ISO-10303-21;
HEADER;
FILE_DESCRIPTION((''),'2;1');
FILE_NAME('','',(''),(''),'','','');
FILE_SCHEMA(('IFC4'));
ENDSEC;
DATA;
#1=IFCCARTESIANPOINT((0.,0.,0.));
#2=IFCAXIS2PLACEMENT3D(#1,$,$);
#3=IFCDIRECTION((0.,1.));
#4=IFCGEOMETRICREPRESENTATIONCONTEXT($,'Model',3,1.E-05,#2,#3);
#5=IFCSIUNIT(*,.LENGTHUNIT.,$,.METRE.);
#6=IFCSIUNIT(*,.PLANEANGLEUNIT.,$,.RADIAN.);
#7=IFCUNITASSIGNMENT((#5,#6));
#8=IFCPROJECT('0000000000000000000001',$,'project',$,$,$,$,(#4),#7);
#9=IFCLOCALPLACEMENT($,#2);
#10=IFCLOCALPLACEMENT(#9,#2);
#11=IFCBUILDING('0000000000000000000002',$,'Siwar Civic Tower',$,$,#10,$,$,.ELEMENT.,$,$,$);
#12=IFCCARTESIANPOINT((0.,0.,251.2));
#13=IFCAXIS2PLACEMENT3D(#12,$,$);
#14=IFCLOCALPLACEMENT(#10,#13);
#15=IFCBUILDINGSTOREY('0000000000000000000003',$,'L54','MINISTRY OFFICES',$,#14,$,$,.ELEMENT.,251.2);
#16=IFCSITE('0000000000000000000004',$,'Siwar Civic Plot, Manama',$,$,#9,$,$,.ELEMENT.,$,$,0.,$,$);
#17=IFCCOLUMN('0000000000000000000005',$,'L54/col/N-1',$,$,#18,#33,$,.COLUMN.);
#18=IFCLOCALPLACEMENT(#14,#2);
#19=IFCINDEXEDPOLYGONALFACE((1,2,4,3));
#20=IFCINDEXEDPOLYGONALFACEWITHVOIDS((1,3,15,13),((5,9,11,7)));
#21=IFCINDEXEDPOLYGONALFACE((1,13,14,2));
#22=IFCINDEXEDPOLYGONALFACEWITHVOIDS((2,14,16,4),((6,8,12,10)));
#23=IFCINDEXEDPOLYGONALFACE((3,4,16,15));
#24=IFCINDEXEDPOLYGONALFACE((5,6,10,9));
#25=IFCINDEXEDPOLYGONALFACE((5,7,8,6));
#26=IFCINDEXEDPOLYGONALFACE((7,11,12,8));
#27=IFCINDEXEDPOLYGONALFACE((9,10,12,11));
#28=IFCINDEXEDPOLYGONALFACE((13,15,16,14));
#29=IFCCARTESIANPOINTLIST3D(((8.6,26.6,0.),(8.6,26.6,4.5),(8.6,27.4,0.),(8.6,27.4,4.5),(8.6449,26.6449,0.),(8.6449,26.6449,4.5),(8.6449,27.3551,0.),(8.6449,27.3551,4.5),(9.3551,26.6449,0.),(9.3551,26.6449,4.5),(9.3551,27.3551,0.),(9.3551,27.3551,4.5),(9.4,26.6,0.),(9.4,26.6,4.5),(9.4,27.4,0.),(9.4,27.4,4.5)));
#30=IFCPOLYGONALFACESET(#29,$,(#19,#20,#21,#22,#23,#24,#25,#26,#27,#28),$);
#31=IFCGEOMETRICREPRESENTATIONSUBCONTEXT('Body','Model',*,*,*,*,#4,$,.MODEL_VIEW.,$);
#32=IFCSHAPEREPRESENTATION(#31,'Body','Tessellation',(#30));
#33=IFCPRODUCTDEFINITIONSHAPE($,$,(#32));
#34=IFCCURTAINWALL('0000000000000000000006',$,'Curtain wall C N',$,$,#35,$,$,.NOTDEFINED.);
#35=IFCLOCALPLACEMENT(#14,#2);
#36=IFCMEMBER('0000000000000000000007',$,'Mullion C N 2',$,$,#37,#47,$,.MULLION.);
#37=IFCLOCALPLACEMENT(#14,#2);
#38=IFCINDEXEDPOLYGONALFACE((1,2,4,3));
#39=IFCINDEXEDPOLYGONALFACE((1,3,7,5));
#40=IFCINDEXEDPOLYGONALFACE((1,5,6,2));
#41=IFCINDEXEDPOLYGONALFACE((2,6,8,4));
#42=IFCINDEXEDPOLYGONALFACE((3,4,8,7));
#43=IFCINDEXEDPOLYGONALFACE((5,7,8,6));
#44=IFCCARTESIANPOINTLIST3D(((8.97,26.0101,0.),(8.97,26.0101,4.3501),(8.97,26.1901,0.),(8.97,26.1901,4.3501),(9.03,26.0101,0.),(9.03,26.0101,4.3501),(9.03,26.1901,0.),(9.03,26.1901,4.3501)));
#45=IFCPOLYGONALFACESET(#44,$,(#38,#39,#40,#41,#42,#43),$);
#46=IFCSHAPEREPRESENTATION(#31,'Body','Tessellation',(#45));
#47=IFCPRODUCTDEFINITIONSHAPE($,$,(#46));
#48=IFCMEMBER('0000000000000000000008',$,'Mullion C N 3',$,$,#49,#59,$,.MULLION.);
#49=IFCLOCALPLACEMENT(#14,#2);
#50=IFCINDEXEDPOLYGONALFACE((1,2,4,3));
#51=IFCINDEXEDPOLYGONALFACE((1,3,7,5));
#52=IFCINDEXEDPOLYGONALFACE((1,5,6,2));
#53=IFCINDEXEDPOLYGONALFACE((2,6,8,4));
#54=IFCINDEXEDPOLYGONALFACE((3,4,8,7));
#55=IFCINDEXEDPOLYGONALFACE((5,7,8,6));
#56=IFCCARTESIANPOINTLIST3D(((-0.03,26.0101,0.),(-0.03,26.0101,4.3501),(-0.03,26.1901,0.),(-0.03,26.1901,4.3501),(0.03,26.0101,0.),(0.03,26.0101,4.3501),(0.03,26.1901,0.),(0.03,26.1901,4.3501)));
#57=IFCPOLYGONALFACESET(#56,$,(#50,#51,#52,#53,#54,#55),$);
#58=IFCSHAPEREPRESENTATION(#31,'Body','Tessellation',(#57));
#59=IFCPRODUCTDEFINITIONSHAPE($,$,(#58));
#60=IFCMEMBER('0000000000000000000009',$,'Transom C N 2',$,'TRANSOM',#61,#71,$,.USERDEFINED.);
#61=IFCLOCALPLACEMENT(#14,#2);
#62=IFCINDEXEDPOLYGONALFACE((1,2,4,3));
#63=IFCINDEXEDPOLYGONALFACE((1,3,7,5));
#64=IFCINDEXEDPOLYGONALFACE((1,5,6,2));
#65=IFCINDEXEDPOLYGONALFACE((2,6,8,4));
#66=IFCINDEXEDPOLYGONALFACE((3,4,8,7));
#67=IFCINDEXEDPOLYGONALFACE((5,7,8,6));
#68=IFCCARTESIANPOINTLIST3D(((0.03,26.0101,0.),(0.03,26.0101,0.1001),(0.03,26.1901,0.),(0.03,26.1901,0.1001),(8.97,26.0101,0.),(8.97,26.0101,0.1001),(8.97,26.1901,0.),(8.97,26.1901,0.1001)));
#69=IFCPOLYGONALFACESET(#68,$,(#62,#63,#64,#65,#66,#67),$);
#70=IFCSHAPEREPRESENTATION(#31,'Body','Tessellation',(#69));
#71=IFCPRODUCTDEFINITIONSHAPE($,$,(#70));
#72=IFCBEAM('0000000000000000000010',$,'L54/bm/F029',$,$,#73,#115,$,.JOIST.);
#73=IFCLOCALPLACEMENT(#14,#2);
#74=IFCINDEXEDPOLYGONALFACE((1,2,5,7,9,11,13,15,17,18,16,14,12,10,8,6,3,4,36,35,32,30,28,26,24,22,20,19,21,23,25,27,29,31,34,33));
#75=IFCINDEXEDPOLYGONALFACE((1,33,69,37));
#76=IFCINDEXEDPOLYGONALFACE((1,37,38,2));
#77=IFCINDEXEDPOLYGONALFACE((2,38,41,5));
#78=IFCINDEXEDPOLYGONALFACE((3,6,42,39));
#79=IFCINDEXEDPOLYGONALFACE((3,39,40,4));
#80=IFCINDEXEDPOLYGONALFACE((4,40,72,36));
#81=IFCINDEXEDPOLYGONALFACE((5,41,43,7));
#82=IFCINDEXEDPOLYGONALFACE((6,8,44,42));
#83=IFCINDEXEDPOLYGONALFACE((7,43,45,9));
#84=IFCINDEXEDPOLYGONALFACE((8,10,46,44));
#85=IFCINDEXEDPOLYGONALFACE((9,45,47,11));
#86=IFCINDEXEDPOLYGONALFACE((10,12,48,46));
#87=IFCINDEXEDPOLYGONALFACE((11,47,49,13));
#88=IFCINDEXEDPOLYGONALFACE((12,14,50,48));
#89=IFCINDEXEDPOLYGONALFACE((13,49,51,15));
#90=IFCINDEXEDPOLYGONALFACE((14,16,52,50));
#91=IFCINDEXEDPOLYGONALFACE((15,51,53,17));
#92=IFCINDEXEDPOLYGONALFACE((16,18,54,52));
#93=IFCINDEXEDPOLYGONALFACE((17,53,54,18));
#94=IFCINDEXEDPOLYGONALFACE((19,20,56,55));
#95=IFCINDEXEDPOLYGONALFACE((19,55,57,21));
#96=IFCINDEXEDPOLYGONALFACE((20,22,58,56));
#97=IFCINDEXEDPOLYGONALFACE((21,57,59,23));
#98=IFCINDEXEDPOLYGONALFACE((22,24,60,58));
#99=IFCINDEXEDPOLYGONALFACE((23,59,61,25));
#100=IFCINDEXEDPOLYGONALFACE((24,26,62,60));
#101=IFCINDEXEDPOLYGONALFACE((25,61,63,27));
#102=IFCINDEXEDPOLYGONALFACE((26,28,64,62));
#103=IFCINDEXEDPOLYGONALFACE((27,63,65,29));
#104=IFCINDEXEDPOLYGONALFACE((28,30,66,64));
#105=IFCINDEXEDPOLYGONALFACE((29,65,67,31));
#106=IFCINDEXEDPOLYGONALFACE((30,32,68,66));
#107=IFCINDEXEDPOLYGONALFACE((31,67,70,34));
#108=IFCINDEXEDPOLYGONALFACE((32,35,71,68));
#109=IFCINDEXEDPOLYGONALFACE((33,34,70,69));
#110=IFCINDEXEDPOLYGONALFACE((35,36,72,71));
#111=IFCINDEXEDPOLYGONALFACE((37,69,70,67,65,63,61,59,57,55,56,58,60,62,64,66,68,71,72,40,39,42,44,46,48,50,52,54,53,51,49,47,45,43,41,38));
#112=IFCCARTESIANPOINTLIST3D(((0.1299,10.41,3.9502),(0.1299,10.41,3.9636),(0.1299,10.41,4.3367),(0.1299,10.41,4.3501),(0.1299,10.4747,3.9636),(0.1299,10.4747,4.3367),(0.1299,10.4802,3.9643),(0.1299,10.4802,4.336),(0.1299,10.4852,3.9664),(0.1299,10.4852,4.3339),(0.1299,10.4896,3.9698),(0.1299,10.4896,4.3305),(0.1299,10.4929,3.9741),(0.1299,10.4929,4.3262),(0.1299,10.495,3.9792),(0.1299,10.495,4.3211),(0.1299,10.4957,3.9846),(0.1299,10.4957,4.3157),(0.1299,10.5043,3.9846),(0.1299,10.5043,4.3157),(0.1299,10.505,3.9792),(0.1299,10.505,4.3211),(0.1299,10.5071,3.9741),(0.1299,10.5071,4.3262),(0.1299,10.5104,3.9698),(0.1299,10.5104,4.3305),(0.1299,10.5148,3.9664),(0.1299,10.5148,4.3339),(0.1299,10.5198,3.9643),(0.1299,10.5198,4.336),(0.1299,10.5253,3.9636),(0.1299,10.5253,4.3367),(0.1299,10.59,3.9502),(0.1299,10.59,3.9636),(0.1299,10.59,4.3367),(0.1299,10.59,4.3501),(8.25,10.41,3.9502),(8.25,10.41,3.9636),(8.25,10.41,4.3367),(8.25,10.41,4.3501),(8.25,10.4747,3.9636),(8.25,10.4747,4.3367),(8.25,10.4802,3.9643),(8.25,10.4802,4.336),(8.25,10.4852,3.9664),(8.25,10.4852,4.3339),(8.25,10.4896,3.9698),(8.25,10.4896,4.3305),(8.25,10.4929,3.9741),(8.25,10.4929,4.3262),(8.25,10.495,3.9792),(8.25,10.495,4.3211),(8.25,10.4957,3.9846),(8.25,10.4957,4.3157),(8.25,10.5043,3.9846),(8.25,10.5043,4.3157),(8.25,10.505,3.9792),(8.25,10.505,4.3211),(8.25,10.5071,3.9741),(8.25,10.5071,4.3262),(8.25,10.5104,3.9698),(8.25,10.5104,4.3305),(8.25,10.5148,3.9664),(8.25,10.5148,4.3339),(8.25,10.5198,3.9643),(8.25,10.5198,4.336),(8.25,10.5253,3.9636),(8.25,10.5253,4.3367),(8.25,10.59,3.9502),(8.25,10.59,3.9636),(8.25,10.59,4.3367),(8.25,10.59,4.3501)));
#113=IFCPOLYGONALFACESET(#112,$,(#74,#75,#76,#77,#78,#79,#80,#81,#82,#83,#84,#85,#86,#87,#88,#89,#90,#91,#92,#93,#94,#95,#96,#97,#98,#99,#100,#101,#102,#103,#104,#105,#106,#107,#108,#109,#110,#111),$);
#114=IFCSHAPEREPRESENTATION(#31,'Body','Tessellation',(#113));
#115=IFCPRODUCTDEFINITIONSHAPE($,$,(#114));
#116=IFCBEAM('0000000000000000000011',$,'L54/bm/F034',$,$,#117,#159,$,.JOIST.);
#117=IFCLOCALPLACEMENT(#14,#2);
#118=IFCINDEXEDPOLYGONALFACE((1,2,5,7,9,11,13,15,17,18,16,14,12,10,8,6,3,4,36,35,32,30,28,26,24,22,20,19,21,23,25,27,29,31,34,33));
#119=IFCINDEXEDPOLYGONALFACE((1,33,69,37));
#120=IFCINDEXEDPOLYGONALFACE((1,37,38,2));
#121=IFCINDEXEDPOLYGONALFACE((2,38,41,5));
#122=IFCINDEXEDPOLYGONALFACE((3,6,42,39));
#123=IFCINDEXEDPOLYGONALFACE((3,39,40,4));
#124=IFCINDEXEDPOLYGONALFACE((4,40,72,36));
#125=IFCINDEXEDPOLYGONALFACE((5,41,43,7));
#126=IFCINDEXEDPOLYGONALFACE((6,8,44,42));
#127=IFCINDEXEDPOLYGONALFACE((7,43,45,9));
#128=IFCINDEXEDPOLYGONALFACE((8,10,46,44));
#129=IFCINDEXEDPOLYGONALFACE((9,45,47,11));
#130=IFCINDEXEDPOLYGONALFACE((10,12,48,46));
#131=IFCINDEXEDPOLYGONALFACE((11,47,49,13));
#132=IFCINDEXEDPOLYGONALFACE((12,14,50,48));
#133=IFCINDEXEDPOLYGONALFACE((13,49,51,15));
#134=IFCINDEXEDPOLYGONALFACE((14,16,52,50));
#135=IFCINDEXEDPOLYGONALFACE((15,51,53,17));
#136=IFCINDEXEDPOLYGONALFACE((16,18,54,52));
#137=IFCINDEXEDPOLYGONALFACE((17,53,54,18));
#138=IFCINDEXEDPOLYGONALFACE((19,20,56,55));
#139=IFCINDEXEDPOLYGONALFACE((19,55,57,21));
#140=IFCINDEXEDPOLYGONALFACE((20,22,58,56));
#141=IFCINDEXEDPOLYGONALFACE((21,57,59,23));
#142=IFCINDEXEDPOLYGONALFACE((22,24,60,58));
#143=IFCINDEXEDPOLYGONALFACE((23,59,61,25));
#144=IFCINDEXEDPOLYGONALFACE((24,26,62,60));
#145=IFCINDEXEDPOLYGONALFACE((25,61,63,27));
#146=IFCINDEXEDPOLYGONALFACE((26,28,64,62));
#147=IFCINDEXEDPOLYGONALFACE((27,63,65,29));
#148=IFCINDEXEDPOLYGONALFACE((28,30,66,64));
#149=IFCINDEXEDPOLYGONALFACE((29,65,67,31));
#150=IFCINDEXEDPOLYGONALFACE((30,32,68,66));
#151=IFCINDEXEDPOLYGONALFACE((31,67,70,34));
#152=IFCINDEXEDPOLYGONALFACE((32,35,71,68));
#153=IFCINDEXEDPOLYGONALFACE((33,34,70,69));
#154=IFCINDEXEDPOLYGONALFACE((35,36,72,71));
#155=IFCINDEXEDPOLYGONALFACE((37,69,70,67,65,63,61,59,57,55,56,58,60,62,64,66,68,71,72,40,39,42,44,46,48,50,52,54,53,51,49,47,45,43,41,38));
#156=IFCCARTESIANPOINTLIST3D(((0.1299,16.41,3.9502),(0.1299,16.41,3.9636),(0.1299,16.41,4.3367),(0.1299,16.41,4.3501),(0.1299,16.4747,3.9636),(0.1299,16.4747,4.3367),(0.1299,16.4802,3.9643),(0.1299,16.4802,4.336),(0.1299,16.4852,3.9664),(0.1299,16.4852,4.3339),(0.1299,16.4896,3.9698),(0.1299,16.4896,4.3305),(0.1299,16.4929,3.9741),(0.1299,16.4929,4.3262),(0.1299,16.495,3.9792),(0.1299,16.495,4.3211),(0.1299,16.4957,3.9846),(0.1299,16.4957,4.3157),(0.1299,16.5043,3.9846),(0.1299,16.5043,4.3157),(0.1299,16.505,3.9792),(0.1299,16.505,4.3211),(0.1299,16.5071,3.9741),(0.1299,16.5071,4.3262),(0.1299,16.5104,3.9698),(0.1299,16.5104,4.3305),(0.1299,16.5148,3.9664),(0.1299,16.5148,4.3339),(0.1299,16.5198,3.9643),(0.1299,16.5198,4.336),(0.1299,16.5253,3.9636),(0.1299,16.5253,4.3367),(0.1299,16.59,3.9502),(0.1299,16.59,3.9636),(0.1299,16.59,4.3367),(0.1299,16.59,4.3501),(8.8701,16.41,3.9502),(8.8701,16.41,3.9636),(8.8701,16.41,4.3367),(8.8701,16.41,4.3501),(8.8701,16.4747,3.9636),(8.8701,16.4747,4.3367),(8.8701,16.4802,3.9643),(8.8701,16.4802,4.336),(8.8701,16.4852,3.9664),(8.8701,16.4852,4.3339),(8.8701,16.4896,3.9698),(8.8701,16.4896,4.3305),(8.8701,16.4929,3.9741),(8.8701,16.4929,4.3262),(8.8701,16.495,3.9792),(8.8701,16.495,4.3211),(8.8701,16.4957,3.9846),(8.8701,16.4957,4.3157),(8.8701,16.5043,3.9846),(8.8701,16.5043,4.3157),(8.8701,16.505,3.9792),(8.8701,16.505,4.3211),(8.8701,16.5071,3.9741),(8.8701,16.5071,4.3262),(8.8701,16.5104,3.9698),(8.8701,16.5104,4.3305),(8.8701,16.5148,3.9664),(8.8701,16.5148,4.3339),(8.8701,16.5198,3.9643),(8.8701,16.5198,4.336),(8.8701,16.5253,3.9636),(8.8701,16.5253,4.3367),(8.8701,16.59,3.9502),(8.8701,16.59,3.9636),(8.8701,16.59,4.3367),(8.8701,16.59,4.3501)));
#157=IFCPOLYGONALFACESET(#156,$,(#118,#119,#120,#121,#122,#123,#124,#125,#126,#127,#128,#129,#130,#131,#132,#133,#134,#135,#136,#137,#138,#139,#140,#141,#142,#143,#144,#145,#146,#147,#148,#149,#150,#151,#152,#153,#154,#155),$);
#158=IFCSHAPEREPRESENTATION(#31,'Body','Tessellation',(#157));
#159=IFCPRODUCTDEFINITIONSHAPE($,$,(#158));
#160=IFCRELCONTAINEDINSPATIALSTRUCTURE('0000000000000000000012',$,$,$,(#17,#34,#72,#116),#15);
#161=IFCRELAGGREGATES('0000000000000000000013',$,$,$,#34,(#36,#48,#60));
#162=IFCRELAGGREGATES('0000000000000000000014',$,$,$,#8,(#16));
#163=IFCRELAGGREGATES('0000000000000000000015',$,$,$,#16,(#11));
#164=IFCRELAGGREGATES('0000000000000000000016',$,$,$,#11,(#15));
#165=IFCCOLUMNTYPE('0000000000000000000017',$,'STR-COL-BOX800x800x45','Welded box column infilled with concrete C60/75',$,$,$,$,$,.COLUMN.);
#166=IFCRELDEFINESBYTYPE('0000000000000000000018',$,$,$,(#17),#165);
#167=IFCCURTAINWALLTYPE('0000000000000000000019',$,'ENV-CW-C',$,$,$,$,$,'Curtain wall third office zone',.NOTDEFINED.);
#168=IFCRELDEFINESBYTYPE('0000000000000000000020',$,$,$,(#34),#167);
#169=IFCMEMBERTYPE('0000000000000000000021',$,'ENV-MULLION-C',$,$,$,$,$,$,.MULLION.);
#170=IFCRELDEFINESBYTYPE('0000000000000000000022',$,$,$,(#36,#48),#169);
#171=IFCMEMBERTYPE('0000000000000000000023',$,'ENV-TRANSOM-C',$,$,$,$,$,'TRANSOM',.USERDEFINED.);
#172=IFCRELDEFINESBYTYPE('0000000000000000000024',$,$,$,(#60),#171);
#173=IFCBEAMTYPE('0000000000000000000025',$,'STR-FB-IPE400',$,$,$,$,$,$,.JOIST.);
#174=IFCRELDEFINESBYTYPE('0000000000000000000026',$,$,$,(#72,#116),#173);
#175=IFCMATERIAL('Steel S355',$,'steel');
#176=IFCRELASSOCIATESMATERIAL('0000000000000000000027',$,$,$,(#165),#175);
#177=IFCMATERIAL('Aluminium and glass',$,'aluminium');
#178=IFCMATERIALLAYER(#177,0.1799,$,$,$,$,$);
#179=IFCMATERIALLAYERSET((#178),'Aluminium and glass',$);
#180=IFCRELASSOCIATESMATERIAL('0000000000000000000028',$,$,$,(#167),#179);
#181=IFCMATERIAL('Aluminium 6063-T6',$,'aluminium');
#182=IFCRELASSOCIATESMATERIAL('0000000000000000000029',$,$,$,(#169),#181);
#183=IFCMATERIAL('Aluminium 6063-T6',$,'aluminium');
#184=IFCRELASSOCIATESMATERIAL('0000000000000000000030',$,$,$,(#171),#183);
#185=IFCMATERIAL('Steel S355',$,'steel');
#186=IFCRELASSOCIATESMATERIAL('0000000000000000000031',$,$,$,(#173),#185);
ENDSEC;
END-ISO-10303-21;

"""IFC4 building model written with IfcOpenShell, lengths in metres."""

from ifc_helpers import new_model, si_unit, direction, frame, origin, origin_2d, place, context, subcontext, project, spatial, rectangle, hollow_rectangle, i_section, extrude, material, layer, layer_set, material_profile, profile_set, type_object, element, aggregate, save


model = new_model("IFC4")

# Units and contexts
model_context = context("Model", 3, precision=1e-05, world=origin(), true_north=direction((0.0, 1.0)))
body_context = subcontext(model_context, "Body", "Model", "MODEL_VIEW")
ifc_project = project(units=[si_unit("LENGTHUNIT", "METRE"), si_unit("PLANEANGLEUNIT", "RADIAN")], contexts=[model_context])

# Site, building, storey
site_placement = place(None, origin())
site = spatial("IfcSite", under=ifc_project, at=site_placement, Name="Siwar Civic Plot, Manama", CompositionType="ELEMENT", RefElevation=0.0)
building_placement = place(site_placement, origin())
building = spatial("IfcBuilding", under=site, at=building_placement, Name="Siwar Civic Tower", CompositionType="ELEMENT")
storey_placement = place(building_placement, frame((0.0, 0.0, 251.2)))
storey = spatial("IfcBuildingStorey", under=building, at=storey_placement, Name="L54", Description="MINISTRY OFFICES", CompositionType="ELEMENT", Elevation=251.2)

# Column
ifc_material_1 = material(Name="Steel S355", Category="steel")
ifc_material_profile_1 = material_profile(ifc_material_1, hollow_rectangle(XDim=0.8, YDim=0.8, WallThickness=0.0449, at=origin_2d()), Name="BOX800x800x45")
ifc_profile_set_1 = profile_set([ifc_material_profile_1], Name="Steel S355")
column_type = type_object("IfcColumnType", Name="STR-COL-BOX800x800x45", Description="Welded box column infilled with concrete C60/75", PredefinedType="COLUMN", material=ifc_profile_set_1)
column_placement = place(storey_placement, frame((9.0, 27.0, 0.0), z_axis=(0.0, 0.0, 1.0), x_axis=(1.0, 0.0, 0.0)))
element("IfcColumn", 1, at=column_placement, inside=storey, type_object=column_type, Name="L54/col/N-1", PredefinedType="COLUMN", context=body_context, shape_type="SweptSolid", body=[
    extrude(hollow_rectangle(XDim=0.8, YDim=0.8, WallThickness=0.0449, at=origin_2d()), origin(), (0.0, 0.0, 1.0), 4.5),
])

# Curtain wall, members
ifc_material_2 = material(Name="Aluminium and glass", Category="aluminium")
ifc_layer_1 = layer(ifc_material_2, 0.1799)
ifc_layer_set_1 = layer_set([ifc_layer_1], Name="Aluminium and glass")
curtain_wall_type = type_object("IfcCurtainWallType", Name="ENV-CW-C", ElementType="Curtain wall third office zone", PredefinedType="NOTDEFINED", material=ifc_layer_set_1)
curtain_wall_placement = place(storey_placement, origin())
curtain_wall = element("IfcCurtainWall", 2, at=curtain_wall_placement, inside=storey, type_object=curtain_wall_type, Name="Curtain wall C N", PredefinedType="NOTDEFINED")
ifc_material_3 = material(Name="Aluminium 6063-T6", Category="aluminium")
ifc_material_profile_2 = material_profile(ifc_material_3, rectangle(XDim=0.1799, YDim=0.0601, at=origin_2d()), Name="AL 180x60")
ifc_profile_set_2 = profile_set([ifc_material_profile_2], Name="Aluminium 6063-T6")
member_type_1 = type_object("IfcMemberType", Name="ENV-MULLION-C", PredefinedType="MULLION", material=ifc_profile_set_2)
member_1_placement = place(storey_placement, frame((9.0, 26.1001, 0.0), z_axis=(0.0, 0.0, 1.0), x_axis=(0.0, -1.0, 0.0)))
member_1 = element("IfcMember", 3, at=member_1_placement, type_object=member_type_1, Name="Mullion C N 2", PredefinedType="MULLION", context=body_context, shape_type="SweptSolid", body=[
    extrude(rectangle(XDim=0.1799, YDim=0.0601, at=origin_2d()), origin(), (0.0, 0.0, 1.0), 4.3501),
])
member_2_placement = place(storey_placement, frame((0.0, 26.1001, 0.0), z_axis=(0.0, 0.0, 1.0), x_axis=(0.0, -1.0, 0.0)))
member_2 = element("IfcMember", 4, at=member_2_placement, type_object=member_type_1, Name="Mullion C N 3", PredefinedType="MULLION", context=body_context, shape_type="SweptSolid", body=[
    extrude(rectangle(XDim=0.1799, YDim=0.0601, at=origin_2d()), origin(), (0.0, 0.0, 1.0), 4.3501),
])
ifc_material_4 = material(Name="Aluminium 6063-T6", Category="aluminium")
ifc_material_profile_3 = material_profile(ifc_material_4, rectangle(XDim=0.1799, YDim=0.1001, at=origin_2d()), Name="AL 180x100")
ifc_profile_set_3 = profile_set([ifc_material_profile_3], Name="Aluminium 6063-T6")
member_type_2 = type_object("IfcMemberType", Name="ENV-TRANSOM-C", ElementType="TRANSOM", PredefinedType="USERDEFINED", material=ifc_profile_set_3)
member_3_placement = place(storey_placement, frame((8.97, 26.1001, 0.05), z_axis=(-1.0, 0.0, 0.0), x_axis=(0.0, -1.0, 0.0)))
member_3 = element("IfcMember", 5, at=member_3_placement, type_object=member_type_2, Name="Transom C N 2", ObjectType="TRANSOM", PredefinedType="USERDEFINED", context=body_context, shape_type="SweptSolid", body=[
    extrude(rectangle(XDim=0.1799, YDim=0.1001, at=origin_2d()), origin(), (0.0, 0.0, 1.0), 8.9399),
])

# Beams
ifc_material_5 = material(Name="Steel S355", Category="steel")
ifc_material_profile_4 = material_profile(ifc_material_5, i_section(OverallWidth=0.1799, OverallDepth=0.3999, WebThickness=0.0085, FlangeThickness=0.0134, FilletRadius=0.021, at=origin_2d()), Name="IPE400")
ifc_profile_set_4 = profile_set([ifc_material_profile_4], Name="Steel S355")
beam_type_1 = type_object("IfcBeamType", Name="STR-FB-IPE400", PredefinedType="JOIST", material=ifc_profile_set_4)
beam_1_placement = place(storey_placement, frame((0.1299, 10.5, 4.1501), z_axis=(1.0, 0.0, 0.0), x_axis=(0.0, 1.0, 0.0)))
element("IfcBeam", 6, at=beam_1_placement, inside=storey, type_object=beam_type_1, Name="L54/bm/F029", PredefinedType="JOIST", context=body_context, shape_type="SweptSolid", body=[
    extrude(i_section(OverallWidth=0.1799, OverallDepth=0.3999, WebThickness=0.0085, FlangeThickness=0.0134, FilletRadius=0.021, at=origin_2d()), origin(), (0.0, 0.0, 1.0), 8.1201),
])
for number, where, z_axis, x_axis, name in (
    (7, (0.1299, 16.5, 4.1501), (1.0, 0.0, 0.0), (0.0, 1.0, 0.0), "L54/bm/F034"),
):
    element("IfcBeam", number, at=place(storey_placement, frame(where, z_axis=z_axis, x_axis=x_axis)), inside=storey, type_object=beam_type_1, Name=name, PredefinedType="JOIST", context=body_context, shape_type="SweptSolid", body=[
        extrude(i_section(OverallWidth=0.1799, OverallDepth=0.3999, WebThickness=0.0085, FlangeThickness=0.0134, FilletRadius=0.021, at=origin_2d()), origin(), (0.0, 0.0, 1.0), 8.7402),
    ])

aggregate(curtain_wall, [member_1, member_2, member_3])

save(model, "model.ifc")
